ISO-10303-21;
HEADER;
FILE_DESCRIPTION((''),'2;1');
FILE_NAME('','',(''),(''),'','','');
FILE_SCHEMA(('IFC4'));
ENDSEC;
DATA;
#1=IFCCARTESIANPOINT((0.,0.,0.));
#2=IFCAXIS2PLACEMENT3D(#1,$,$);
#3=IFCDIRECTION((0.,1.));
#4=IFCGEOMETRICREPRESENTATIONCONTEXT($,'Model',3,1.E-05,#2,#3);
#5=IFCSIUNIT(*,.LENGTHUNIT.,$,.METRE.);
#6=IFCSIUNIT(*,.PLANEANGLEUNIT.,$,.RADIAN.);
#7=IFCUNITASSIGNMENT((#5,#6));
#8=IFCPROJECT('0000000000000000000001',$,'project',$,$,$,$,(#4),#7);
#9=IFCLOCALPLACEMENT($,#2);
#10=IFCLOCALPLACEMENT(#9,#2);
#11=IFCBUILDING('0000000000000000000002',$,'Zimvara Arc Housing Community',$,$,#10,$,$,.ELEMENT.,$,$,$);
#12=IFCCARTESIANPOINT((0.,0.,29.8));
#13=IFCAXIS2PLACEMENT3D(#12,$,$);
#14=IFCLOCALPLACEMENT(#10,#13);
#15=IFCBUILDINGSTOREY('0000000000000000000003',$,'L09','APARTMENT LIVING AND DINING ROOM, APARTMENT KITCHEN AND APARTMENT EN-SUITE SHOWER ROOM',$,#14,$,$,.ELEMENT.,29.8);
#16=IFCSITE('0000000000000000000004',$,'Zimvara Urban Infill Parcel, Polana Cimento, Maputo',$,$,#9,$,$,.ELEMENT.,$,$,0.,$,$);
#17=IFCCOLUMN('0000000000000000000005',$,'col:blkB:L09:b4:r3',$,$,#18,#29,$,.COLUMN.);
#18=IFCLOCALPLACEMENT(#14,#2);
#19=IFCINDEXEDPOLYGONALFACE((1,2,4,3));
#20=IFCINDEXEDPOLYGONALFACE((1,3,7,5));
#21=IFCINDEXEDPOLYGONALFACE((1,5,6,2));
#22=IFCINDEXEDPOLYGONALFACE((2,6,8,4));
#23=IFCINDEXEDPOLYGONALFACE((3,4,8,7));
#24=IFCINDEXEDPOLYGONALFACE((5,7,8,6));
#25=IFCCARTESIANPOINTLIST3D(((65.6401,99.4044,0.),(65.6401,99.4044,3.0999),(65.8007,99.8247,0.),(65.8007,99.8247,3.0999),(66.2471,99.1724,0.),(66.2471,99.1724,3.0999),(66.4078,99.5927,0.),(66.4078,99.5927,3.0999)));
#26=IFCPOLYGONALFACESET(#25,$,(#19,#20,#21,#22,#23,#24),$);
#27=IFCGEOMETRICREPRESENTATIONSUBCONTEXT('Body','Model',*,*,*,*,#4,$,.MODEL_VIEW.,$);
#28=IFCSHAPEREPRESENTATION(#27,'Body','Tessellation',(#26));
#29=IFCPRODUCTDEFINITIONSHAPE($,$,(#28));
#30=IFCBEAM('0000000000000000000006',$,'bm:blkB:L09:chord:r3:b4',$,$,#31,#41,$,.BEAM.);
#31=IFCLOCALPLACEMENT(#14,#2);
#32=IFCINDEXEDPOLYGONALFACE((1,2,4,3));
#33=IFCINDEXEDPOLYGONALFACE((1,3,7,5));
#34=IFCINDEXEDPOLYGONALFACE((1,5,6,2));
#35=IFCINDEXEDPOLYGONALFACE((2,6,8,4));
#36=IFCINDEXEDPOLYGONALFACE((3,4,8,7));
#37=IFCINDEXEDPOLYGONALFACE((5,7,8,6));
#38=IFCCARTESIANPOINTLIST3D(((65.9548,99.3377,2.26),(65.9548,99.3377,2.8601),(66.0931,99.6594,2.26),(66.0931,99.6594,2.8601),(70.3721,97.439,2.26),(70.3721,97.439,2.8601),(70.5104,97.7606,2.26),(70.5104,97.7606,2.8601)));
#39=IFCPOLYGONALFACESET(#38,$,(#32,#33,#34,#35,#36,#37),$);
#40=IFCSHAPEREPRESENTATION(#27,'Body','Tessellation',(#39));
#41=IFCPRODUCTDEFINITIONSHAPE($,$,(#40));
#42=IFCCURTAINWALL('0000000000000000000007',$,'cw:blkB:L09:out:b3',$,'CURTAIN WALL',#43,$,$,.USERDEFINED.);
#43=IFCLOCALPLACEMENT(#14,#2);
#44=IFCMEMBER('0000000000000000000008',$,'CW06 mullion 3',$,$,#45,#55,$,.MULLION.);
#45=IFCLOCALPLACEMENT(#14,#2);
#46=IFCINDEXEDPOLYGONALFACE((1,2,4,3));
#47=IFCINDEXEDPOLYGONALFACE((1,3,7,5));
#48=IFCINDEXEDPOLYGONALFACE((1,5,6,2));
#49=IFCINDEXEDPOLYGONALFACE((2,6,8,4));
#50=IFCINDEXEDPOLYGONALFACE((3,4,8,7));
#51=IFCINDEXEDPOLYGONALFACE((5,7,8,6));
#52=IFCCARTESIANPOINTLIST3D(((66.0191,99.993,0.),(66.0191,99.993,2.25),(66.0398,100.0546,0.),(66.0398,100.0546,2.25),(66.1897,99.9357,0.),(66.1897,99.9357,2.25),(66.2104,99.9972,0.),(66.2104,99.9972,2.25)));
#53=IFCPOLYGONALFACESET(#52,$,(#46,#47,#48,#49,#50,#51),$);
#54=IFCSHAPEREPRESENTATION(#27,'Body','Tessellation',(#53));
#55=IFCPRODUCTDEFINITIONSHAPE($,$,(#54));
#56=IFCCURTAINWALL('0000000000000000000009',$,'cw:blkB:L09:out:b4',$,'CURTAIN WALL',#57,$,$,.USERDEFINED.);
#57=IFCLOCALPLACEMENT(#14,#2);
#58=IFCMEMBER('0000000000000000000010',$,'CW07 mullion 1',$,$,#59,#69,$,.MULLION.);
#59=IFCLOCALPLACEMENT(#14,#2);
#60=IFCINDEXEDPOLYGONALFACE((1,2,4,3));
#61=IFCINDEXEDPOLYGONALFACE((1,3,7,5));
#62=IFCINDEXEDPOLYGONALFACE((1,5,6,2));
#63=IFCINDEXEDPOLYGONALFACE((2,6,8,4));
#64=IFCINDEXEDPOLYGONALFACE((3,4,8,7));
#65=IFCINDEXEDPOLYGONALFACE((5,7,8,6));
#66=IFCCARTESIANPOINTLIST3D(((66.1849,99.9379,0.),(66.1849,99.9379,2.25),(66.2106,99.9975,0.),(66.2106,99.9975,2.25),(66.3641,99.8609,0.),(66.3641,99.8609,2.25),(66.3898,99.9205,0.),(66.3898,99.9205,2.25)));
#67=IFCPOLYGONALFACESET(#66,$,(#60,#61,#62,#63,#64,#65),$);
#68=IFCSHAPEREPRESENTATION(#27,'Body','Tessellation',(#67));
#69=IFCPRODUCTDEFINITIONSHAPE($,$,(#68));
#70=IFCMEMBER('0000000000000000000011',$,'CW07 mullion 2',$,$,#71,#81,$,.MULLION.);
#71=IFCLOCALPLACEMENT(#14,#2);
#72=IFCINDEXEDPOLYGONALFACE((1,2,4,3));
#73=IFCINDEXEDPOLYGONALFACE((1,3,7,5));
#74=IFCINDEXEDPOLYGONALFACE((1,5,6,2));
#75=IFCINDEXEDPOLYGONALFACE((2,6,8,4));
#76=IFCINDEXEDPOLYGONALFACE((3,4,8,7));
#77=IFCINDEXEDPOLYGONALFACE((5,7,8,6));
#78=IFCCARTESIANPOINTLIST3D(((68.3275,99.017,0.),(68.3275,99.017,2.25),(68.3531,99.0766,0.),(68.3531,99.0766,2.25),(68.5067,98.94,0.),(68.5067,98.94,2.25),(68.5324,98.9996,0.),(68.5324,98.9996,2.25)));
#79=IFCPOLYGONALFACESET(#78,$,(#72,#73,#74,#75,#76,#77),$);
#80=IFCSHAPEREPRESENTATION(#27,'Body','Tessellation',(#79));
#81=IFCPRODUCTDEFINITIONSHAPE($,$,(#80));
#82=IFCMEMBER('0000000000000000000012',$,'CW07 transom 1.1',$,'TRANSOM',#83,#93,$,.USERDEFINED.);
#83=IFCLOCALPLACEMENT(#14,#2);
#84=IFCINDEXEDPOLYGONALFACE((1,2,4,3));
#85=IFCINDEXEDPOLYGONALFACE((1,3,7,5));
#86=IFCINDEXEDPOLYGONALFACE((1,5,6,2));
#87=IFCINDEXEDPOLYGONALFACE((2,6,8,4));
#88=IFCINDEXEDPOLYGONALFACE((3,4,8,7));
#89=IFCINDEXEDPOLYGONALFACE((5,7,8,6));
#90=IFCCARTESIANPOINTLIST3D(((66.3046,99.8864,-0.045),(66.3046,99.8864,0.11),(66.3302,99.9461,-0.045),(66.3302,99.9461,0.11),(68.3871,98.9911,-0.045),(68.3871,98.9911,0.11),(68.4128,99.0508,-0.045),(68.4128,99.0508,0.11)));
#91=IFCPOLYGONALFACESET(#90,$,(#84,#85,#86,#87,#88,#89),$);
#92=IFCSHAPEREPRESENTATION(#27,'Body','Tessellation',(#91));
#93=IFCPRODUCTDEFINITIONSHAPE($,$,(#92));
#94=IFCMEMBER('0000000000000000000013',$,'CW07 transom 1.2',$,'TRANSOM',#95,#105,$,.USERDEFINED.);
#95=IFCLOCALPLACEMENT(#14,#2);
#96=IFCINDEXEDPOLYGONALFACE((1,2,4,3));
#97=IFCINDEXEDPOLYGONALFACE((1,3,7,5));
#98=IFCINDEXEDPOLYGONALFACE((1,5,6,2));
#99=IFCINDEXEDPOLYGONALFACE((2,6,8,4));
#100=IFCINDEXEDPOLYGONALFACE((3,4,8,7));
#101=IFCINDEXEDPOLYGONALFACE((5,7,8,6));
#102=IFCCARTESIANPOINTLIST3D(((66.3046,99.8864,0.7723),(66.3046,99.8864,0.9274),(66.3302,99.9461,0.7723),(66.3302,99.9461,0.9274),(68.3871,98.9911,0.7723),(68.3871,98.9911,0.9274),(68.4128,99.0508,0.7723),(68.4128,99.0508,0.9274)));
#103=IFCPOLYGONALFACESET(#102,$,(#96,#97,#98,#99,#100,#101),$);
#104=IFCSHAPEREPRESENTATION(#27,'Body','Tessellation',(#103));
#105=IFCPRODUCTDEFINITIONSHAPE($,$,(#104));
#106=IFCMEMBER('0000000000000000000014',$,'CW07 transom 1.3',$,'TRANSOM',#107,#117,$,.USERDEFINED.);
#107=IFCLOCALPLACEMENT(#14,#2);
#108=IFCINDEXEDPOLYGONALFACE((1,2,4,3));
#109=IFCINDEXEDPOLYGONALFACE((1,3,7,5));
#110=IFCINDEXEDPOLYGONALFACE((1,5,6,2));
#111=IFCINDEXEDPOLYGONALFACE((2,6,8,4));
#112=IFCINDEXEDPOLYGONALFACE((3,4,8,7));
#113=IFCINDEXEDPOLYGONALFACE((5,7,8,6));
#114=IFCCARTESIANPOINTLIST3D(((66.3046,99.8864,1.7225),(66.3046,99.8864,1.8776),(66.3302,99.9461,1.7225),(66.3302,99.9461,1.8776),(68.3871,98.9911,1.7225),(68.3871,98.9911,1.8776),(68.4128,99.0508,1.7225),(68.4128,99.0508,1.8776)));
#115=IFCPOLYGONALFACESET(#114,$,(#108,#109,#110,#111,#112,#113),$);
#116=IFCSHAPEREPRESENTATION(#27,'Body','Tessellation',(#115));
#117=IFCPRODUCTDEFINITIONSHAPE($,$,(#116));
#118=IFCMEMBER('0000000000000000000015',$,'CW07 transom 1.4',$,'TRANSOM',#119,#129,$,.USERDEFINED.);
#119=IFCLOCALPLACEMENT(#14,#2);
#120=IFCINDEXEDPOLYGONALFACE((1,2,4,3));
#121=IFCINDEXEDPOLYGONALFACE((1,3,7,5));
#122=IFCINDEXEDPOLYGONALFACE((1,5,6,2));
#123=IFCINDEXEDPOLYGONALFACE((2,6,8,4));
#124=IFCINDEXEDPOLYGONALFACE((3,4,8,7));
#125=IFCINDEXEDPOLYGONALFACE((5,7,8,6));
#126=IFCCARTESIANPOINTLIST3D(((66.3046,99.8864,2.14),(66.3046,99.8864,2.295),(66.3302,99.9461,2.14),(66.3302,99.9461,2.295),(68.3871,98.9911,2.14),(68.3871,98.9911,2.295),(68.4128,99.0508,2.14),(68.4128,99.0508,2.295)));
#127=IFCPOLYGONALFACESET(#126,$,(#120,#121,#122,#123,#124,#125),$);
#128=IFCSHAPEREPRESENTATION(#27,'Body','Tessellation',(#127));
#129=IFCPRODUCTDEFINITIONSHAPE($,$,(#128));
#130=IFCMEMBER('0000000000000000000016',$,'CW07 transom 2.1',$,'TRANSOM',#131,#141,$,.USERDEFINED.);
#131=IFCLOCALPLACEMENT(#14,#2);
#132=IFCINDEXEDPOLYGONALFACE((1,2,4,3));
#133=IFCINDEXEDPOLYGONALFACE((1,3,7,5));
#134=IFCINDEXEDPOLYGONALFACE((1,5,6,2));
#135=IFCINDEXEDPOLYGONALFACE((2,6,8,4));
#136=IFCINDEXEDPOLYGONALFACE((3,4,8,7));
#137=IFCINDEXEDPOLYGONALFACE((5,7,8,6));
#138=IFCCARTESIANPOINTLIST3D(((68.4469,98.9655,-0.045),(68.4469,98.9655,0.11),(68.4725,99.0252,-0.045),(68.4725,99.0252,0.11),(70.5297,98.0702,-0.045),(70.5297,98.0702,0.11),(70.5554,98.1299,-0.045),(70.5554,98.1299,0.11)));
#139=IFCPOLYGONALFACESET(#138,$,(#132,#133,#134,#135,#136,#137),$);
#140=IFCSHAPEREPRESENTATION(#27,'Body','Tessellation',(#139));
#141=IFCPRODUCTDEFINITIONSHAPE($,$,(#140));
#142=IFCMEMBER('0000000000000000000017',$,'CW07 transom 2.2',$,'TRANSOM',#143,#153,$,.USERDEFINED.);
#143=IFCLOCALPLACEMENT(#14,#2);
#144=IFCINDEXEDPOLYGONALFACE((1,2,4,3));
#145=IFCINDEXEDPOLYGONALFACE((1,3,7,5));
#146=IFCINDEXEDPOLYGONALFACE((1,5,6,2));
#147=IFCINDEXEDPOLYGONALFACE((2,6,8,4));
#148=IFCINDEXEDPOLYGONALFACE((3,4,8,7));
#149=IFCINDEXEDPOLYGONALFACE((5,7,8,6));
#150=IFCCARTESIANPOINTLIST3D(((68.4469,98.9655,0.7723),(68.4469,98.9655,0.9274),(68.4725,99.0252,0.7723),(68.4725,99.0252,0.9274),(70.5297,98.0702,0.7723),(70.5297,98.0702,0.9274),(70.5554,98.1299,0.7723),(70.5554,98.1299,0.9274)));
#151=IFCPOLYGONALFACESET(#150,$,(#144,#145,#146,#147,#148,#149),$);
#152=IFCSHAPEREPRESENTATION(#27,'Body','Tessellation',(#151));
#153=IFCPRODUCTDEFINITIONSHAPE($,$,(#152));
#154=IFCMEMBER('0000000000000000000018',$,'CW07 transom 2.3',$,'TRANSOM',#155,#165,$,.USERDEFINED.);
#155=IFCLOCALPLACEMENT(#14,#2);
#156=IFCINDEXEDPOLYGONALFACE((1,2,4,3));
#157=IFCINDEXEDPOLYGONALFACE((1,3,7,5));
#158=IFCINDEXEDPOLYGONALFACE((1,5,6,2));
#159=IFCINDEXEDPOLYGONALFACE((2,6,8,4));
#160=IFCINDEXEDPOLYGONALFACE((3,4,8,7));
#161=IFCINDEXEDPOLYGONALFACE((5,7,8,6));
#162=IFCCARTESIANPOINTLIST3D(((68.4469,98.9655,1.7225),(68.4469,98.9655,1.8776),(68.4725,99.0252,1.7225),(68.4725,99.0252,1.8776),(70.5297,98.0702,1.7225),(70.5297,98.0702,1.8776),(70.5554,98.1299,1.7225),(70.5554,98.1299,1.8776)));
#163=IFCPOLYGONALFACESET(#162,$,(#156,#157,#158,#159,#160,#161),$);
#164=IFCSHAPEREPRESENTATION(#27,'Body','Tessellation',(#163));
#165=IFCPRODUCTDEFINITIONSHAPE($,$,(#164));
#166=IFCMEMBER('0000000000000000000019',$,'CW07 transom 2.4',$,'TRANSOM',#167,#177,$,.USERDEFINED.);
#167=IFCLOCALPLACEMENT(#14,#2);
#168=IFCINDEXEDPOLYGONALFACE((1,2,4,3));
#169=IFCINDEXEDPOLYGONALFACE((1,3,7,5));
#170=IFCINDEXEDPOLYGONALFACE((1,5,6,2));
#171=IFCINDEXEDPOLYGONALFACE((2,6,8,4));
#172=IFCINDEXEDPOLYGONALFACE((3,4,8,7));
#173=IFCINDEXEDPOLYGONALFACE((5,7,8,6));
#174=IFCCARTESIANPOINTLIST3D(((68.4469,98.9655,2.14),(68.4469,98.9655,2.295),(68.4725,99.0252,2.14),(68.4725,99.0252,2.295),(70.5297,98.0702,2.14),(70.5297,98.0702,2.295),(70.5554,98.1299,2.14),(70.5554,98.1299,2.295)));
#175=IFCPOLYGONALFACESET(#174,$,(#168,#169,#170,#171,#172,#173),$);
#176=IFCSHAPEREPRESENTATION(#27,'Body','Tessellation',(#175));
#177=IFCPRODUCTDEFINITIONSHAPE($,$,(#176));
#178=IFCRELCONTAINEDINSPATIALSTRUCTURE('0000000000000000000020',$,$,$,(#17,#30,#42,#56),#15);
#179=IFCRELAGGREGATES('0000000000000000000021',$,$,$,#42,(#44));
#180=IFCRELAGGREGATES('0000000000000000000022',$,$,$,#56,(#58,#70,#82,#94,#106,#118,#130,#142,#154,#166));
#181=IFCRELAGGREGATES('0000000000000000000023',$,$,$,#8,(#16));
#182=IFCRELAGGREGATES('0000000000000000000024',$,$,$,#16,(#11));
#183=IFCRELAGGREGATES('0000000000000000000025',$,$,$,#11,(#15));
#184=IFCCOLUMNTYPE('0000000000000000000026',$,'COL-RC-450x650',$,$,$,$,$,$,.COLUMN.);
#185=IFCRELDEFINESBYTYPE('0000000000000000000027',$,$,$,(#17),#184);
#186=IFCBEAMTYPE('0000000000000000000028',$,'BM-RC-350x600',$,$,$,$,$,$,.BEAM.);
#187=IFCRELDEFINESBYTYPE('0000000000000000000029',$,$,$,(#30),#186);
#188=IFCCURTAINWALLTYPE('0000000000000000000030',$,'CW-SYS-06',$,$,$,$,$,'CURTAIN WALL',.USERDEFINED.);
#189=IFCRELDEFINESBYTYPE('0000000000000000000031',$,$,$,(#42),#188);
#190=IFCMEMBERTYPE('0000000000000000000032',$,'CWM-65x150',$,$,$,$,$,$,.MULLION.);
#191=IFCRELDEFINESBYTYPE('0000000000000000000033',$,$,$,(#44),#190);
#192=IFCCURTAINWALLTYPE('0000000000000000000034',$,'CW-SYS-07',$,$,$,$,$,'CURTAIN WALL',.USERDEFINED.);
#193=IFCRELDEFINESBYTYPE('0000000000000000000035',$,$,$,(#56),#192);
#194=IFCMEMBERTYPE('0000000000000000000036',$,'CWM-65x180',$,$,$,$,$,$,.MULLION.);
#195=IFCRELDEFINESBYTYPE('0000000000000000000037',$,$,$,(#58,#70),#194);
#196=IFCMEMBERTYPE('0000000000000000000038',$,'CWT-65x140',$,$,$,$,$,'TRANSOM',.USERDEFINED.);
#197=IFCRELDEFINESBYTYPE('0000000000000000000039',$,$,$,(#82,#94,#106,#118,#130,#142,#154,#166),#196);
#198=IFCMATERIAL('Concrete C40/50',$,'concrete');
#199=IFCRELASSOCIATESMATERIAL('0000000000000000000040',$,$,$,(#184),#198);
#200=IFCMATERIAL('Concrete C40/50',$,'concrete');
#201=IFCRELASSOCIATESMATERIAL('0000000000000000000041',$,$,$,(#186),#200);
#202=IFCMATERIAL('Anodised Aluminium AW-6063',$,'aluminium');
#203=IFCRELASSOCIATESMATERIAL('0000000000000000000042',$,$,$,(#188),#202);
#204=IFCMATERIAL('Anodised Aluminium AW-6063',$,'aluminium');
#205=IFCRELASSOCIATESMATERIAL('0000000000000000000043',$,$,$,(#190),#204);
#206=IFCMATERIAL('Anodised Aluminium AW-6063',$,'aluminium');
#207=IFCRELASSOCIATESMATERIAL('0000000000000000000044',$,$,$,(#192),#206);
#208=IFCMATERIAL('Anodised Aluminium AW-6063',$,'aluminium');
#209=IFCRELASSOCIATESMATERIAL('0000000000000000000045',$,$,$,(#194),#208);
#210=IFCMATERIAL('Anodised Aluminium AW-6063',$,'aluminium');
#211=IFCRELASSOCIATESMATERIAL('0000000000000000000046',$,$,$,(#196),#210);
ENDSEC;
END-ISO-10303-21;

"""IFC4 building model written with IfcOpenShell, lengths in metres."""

from ifc_helpers import new_model, si_unit, direction, frame, origin, origin_2d, place, context, subcontext, project, spatial, rectangle, extrude, material, material_profile, profile_set, type_object, element, aggregate, save


model = new_model("IFC4")

# Units and contexts
model_context = context("Model", 3, precision=1e-05, world=origin(), true_north=direction((0.0, 1.0)))
body_context = subcontext(model_context, "Body", "Model", "MODEL_VIEW")
ifc_project = project(units=[si_unit("LENGTHUNIT", "METRE"), si_unit("PLANEANGLEUNIT", "RADIAN")], contexts=[model_context])

# Site, building, storey
site_placement = place(None, origin())
site = spatial("IfcSite", under=ifc_project, at=site_placement, Name="Zimvara Urban Infill Parcel, Polana Cimento, Maputo", CompositionType="ELEMENT", RefElevation=0.0)
building_placement = place(site_placement, origin())
building = spatial("IfcBuilding", under=site, at=building_placement, Name="Zimvara Arc Housing Community", CompositionType="ELEMENT")
storey_placement = place(building_placement, frame((0.0, 0.0, 29.8)))
storey = spatial("IfcBuildingStorey", under=building, at=storey_placement, Name="L09", Description="APARTMENT LIVING AND DINING ROOM, APARTMENT KITCHEN AND APARTMENT EN-SUITE SHOWER ROOM", CompositionType="ELEMENT", Elevation=29.8)

# Column
ifc_material_1 = material(Name="Concrete C40/50", Category="concrete")
ifc_material_profile_1 = material_profile(ifc_material_1, rectangle(XDim=0.45, YDim=0.6499, at=origin_2d()), Name="RC 450x650")
ifc_profile_set_1 = profile_set([ifc_material_profile_1], Name="Concrete C40/50")
column_type = type_object("IfcColumnType", Name="COL-RC-450x650", PredefinedType="COLUMN", material=ifc_profile_set_1)
column_placement = place(storey_placement, frame((66.0239, 99.4985, 0.0), z_axis=(0.0, 0.0, 1.0), x_axis=(0.357064, 0.93408, 0.0)))
element("IfcColumn", 1, at=column_placement, inside=storey, type_object=column_type, Name="col:blkB:L09:b4:r3", PredefinedType="COLUMN", context=body_context, shape_type="SweptSolid", body=[
    extrude(rectangle(XDim=0.45, YDim=0.6499, at=origin_2d()), origin(), (0.0, 0.0, 1.0), 3.0999),
])

# Beam
ifc_material_2 = material(Name="Concrete C40/50", Category="concrete")
ifc_material_profile_2 = material_profile(ifc_material_2, rectangle(XDim=0.3501, YDim=0.6001, at=origin_2d()), Name="RC 350x600")
ifc_profile_set_2 = profile_set([ifc_material_profile_2], Name="Concrete C40/50")
beam_type = type_object("IfcBeamType", Name="BM-RC-350x600", PredefinedType="BEAM", material=ifc_profile_set_2)
beam_placement = place(storey_placement, frame((66.0239, 99.4985, 2.5601), z_axis=(0.918724, -0.3949, 0.0), x_axis=(0.3949, 0.918724, 0.0)))
element("IfcBeam", 2, at=beam_placement, inside=storey, type_object=beam_type, Name="bm:blkB:L09:chord:r3:b4", PredefinedType="BEAM", context=body_context, shape_type="SweptSolid", body=[
    extrude(rectangle(XDim=0.3501, YDim=0.6001, at=origin_2d()), origin(), (0.0, 0.0, 1.0), 4.8081),
])

# Curtain wall, member
ifc_material_3 = material(Name="Anodised Aluminium AW-6063", Category="aluminium")
curtain_wall_type_1 = type_object("IfcCurtainWallType", Name="CW-SYS-06", ElementType="CURTAIN WALL", PredefinedType="USERDEFINED", material=ifc_material_3)
curtain_wall_1_placement = place(storey_placement, origin())
curtain_wall_1 = element("IfcCurtainWall", 3, at=curtain_wall_1_placement, inside=storey, type_object=curtain_wall_type_1, Name="cw:blkB:L09:out:b3", ObjectType="CURTAIN WALL", PredefinedType="USERDEFINED")
ifc_material_4 = material(Name="Anodised Aluminium AW-6063", Category="aluminium")
ifc_material_profile_3 = material_profile(ifc_material_4, rectangle(XDim=0.0649, YDim=0.1799, at=origin_2d()), Name="ALU 65x180")
ifc_profile_set_3 = profile_set([ifc_material_profile_3], Name="Anodised Aluminium AW-6063")
member_type_1 = type_object("IfcMemberType", Name="CWM-65x150", PredefinedType="MULLION", material=ifc_profile_set_3)
member_1_placement = place(storey_placement, frame((66.1147, 99.9951, 0.0), z_axis=(0.0, 0.0, 1.0), x_axis=(0.318629, 0.94788, 0.0)))
member_1 = element("IfcMember", 4, at=member_1_placement, type_object=member_type_1, Name="CW06 mullion 3", PredefinedType="MULLION", context=body_context, shape_type="SweptSolid", body=[
    extrude(rectangle(XDim=0.0649, YDim=0.1799, at=origin_2d()), origin(), (0.0, 0.0, 1.0), 2.25),
])
aggregate(curtain_wall_1, [member_1])

# Curtain wall, members
ifc_material_5 = material(Name="Anodised Aluminium AW-6063", Category="aluminium")
curtain_wall_type_2 = type_object("IfcCurtainWallType", Name="CW-SYS-07", ElementType="CURTAIN WALL", PredefinedType="USERDEFINED", material=ifc_material_5)
curtain_wall_2_placement = place(storey_placement, origin())
curtain_wall_2 = element("IfcCurtainWall", 5, at=curtain_wall_2_placement, inside=storey, type_object=curtain_wall_type_2, Name="cw:blkB:L09:out:b4", ObjectType="CURTAIN WALL", PredefinedType="USERDEFINED")
ifc_material_6 = material(Name="Anodised Aluminium AW-6063", Category="aluminium")
ifc_material_profile_4 = material_profile(ifc_material_6, rectangle(XDim=0.0649, YDim=0.1951, at=origin_2d()), Name="ALU 65x195")
ifc_profile_set_4 = profile_set([ifc_material_profile_4], Name="Anodised Aluminium AW-6063")
member_type_2 = type_object("IfcMemberType", Name="CWM-65x180", PredefinedType="MULLION", material=ifc_profile_set_4)
member_2_placement = place(storey_placement, frame((66.2874, 99.9292, 0.0), z_axis=(0.0, 0.0, 1.0), x_axis=(0.394904, 0.918722, 0.0)))
member_2 = element("IfcMember", 6, at=member_2_placement, type_object=member_type_2, Name="CW07 mullion 1", PredefinedType="MULLION", context=body_context, shape_type="SweptSolid", body=[
    extrude(rectangle(XDim=0.0649, YDim=0.1951, at=origin_2d()), origin(), (0.0, 0.0, 1.0), 2.25),
])
member_3_placement = place(storey_placement, frame((68.4299, 99.0083, 0.0), z_axis=(0.0, 0.0, 1.0), x_axis=(0.394904, 0.918722, 0.0)))
member_3 = element("IfcMember", 7, at=member_3_placement, type_object=member_type_2, Name="CW07 mullion 2", PredefinedType="MULLION", context=body_context, shape_type="SweptSolid", body=[
    extrude(rectangle(XDim=0.0649, YDim=0.1951, at=origin_2d()), origin(), (0.0, 0.0, 1.0), 2.25),
])
ifc_material_7 = material(Name="Anodised Aluminium AW-6063", Category="aluminium")
ifc_material_profile_5 = material_profile(ifc_material_7, rectangle(XDim=0.0649, YDim=0.155, at=origin_2d()), Name="ALU 65x155")
ifc_profile_set_5 = profile_set([ifc_material_profile_5], Name="Anodised Aluminium AW-6063")
member_type_3 = type_object("IfcMemberType", Name="CWT-65x140", ElementType="TRANSOM", PredefinedType="USERDEFINED", material=ifc_profile_set_5)
member_4_placement = place(storey_placement, frame((66.3174, 99.9163, 0.0325), z_axis=(0.918704, -0.394946, 0.0), x_axis=(0.394946, 0.918704, 0.0)))
member_4 = element("IfcMember", 8, at=member_4_placement, type_object=member_type_3, Name="CW07 transom 1.1", ObjectType="TRANSOM", PredefinedType="USERDEFINED", context=body_context, shape_type="SweptSolid", body=[
    extrude(rectangle(XDim=0.0649, YDim=0.155, at=origin_2d()), origin(), (0.0, 0.0, 1.0), 2.2668),
])
member_5_placement = place(storey_placement, frame((66.3174, 99.9163, 0.8499), z_axis=(0.918704, -0.394946, 0.0), x_axis=(0.394946, 0.918704, 0.0)))
member_5 = element("IfcMember", 9, at=member_5_placement, type_object=member_type_3, Name="CW07 transom 1.2", ObjectType="TRANSOM", PredefinedType="USERDEFINED", context=body_context, shape_type="SweptSolid", body=[
    extrude(rectangle(XDim=0.0649, YDim=0.155, at=origin_2d()), origin(), (0.0, 0.0, 1.0), 2.2668),
])
member_6_placement = place(storey_placement, frame((66.3174, 99.9163, 1.8), z_axis=(0.918704, -0.394946, 0.0), x_axis=(0.394946, 0.918704, 0.0)))
member_6 = element("IfcMember", 10, at=member_6_placement, type_object=member_type_3, Name="CW07 transom 1.3", ObjectType="TRANSOM", PredefinedType="USERDEFINED", context=body_context, shape_type="SweptSolid", body=[
    extrude(rectangle(XDim=0.0649, YDim=0.155, at=origin_2d()), origin(), (0.0, 0.0, 1.0), 2.2668),
])
member_7_placement = place(storey_placement, frame((66.3174, 99.9163, 2.2175), z_axis=(0.918704, -0.394946, 0.0), x_axis=(0.394946, 0.918704, 0.0)))
member_7 = element("IfcMember", 11, at=member_7_placement, type_object=member_type_3, Name="CW07 transom 1.4", ObjectType="TRANSOM", PredefinedType="USERDEFINED", context=body_context, shape_type="SweptSolid", body=[
    extrude(rectangle(XDim=0.0649, YDim=0.155, at=origin_2d()), origin(), (0.0, 0.0, 1.0), 2.2668),
])
member_8_placement = place(storey_placement, frame((68.4597, 98.9954, 0.0325), z_axis=(0.918721, -0.394907, 0.0), x_axis=(0.394907, 0.918721, 0.0)))
member_8 = element("IfcMember", 12, at=member_8_placement, type_object=member_type_3, Name="CW07 transom 2.1", ObjectType="TRANSOM", PredefinedType="USERDEFINED", context=body_context, shape_type="SweptSolid", body=[
    extrude(rectangle(XDim=0.0649, YDim=0.155, at=origin_2d()), origin(), (0.0, 0.0, 1.0), 2.2671),
])
member_9_placement = place(storey_placement, frame((68.4597, 98.9954, 0.8499), z_axis=(0.918721, -0.394907, 0.0), x_axis=(0.394907, 0.918721, 0.0)))
member_9 = element("IfcMember", 13, at=member_9_placement, type_object=member_type_3, Name="CW07 transom 2.2", ObjectType="TRANSOM", PredefinedType="USERDEFINED", context=body_context, shape_type="SweptSolid", body=[
    extrude(rectangle(XDim=0.0649, YDim=0.155, at=origin_2d()), origin(), (0.0, 0.0, 1.0), 2.2671),
])
member_10_placement = place(storey_placement, frame((68.4597, 98.9954, 1.8), z_axis=(0.918721, -0.394907, 0.0), x_axis=(0.394907, 0.918721, 0.0)))
member_10 = element("IfcMember", 14, at=member_10_placement, type_object=member_type_3, Name="CW07 transom 2.3", ObjectType="TRANSOM", PredefinedType="USERDEFINED", context=body_context, shape_type="SweptSolid", body=[
    extrude(rectangle(XDim=0.0649, YDim=0.155, at=origin_2d()), origin(), (0.0, 0.0, 1.0), 2.2671),
])
member_11_placement = place(storey_placement, frame((68.4597, 98.9954, 2.2175), z_axis=(0.918721, -0.394907, 0.0), x_axis=(0.394907, 0.918721, 0.0)))
member_11 = element("IfcMember", 15, at=member_11_placement, type_object=member_type_3, Name="CW07 transom 2.4", ObjectType="TRANSOM", PredefinedType="USERDEFINED", context=body_context, shape_type="SweptSolid", body=[
    extrude(rectangle(XDim=0.0649, YDim=0.155, at=origin_2d()), origin(), (0.0, 0.0, 1.0), 2.2671),
])
aggregate(curtain_wall_2, [member_2, member_3, member_4, member_5, member_6, member_7, member_8, member_9, member_10, member_11])

save(model, "model.ifc")
